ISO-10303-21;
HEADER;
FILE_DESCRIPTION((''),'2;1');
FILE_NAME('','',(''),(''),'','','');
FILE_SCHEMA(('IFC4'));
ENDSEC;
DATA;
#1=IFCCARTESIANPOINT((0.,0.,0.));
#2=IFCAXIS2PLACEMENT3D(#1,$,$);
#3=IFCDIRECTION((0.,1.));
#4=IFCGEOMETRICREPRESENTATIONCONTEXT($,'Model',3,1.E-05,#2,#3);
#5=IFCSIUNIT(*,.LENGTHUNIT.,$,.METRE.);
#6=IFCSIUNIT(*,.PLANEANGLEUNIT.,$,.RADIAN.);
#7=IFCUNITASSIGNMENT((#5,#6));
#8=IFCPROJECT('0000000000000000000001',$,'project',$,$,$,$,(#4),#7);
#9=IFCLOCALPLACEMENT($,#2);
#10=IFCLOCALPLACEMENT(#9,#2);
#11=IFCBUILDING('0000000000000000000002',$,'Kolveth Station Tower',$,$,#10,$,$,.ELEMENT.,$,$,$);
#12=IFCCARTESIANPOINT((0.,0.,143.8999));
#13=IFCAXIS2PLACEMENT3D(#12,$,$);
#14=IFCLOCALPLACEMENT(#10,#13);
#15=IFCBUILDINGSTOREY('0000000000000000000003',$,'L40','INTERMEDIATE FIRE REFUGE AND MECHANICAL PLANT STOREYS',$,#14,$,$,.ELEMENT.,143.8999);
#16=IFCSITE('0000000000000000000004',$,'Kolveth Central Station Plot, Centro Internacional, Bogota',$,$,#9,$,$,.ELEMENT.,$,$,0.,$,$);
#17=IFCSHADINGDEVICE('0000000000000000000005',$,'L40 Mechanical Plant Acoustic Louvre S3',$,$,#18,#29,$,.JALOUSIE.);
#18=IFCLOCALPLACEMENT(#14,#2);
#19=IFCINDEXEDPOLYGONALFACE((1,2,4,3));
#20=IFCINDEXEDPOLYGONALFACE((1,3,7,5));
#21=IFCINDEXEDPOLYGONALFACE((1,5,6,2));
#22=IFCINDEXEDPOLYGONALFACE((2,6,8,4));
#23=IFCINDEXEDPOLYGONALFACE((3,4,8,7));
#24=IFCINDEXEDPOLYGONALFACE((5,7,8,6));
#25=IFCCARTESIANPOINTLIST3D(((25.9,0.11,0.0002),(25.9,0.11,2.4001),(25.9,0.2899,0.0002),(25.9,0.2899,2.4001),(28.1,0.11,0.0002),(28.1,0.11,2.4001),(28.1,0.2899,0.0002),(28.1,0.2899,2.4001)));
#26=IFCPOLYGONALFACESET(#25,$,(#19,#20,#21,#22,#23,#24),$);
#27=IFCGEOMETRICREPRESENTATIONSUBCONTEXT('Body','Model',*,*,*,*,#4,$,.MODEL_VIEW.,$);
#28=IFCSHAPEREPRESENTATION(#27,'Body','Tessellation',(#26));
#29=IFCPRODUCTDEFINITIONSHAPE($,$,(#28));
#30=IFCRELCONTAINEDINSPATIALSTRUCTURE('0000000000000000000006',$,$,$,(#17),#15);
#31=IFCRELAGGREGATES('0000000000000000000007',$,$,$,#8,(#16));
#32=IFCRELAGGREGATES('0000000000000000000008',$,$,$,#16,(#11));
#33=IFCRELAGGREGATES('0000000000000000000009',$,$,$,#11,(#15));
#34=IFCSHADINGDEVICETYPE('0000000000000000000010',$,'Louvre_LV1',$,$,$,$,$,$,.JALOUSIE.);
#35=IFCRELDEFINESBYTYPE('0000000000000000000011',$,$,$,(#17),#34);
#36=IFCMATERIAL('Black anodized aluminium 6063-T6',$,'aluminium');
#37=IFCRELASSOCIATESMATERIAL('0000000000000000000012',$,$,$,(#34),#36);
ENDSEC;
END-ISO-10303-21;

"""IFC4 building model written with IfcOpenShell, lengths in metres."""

from ifc_helpers import new_model, si_unit, direction, frame, origin, origin_2d, place, context, subcontext, project, spatial, rectangle, extrude, source, transform, mapped, material, type_object, element, save


model = new_model("IFC4")

# Units and contexts
model_context = context("Model", 3, precision=1e-05, world=origin(), true_north=direction((0.0, 1.0)))
body_context = subcontext(model_context, "Body", "Model", "MODEL_VIEW")
ifc_project = project(units=[si_unit("LENGTHUNIT", "METRE"), si_unit("PLANEANGLEUNIT", "RADIAN")], contexts=[model_context])

# Site, building, storey
site_placement = place(None, origin())
site = spatial("IfcSite", under=ifc_project, at=site_placement, Name="Kolveth Central Station Plot, Centro Internacional, Bogota", CompositionType="ELEMENT", RefElevation=0.0)
building_placement = place(site_placement, origin())
building = spatial("IfcBuilding", under=site, at=building_placement, Name="Kolveth Station Tower", CompositionType="ELEMENT")
storey_placement = place(building_placement, frame((0.0, 0.0, 143.8999)))
storey = spatial("IfcBuildingStorey", under=building, at=storey_placement, Name="L40", Description="INTERMEDIATE FIRE REFUGE AND MECHANICAL PLANT STOREYS", CompositionType="ELEMENT", Elevation=143.8999)

# Shading device
ifc_material_1 = material(Name="Black anodized aluminium 6063-T6", Category="aluminium")
shading_device_type = type_object("IfcShadingDeviceType", Name="Louvre_LV1", PredefinedType="JALOUSIE", material=ifc_material_1)
shared_shape_1 = source(origin(), body_context, "Body", "SweptSolid", [
    extrude(rectangle(XDim=2.2, YDim=0.1799, at=origin_2d()), origin(), (0.0, 0.0, 1.0), 2.3999),
])
shading_device_placement = place(storey_placement, frame((27.0, 0.2, 0.0002), z_axis=(0.0, 0.0, 1.0), x_axis=(1.0, 0.0, 0.0)))
element("IfcShadingDevice", 1, at=shading_device_placement, inside=storey, type_object=shading_device_type, Name="L40 Mechanical Plant Acoustic Louvre S3", PredefinedType="JALOUSIE", context=body_context, shape_type="MappedRepresentation", body=[
    mapped(shared_shape_1, transform((0.0, 0.0, 0.0), x_axis=(1.0, 0.0, 0.0), y_axis=(0.0, 1.0, 0.0), z_axis=(0.0, 0.0, 1.0), scale=1.0)),
])

save(model, "model.ifc")
